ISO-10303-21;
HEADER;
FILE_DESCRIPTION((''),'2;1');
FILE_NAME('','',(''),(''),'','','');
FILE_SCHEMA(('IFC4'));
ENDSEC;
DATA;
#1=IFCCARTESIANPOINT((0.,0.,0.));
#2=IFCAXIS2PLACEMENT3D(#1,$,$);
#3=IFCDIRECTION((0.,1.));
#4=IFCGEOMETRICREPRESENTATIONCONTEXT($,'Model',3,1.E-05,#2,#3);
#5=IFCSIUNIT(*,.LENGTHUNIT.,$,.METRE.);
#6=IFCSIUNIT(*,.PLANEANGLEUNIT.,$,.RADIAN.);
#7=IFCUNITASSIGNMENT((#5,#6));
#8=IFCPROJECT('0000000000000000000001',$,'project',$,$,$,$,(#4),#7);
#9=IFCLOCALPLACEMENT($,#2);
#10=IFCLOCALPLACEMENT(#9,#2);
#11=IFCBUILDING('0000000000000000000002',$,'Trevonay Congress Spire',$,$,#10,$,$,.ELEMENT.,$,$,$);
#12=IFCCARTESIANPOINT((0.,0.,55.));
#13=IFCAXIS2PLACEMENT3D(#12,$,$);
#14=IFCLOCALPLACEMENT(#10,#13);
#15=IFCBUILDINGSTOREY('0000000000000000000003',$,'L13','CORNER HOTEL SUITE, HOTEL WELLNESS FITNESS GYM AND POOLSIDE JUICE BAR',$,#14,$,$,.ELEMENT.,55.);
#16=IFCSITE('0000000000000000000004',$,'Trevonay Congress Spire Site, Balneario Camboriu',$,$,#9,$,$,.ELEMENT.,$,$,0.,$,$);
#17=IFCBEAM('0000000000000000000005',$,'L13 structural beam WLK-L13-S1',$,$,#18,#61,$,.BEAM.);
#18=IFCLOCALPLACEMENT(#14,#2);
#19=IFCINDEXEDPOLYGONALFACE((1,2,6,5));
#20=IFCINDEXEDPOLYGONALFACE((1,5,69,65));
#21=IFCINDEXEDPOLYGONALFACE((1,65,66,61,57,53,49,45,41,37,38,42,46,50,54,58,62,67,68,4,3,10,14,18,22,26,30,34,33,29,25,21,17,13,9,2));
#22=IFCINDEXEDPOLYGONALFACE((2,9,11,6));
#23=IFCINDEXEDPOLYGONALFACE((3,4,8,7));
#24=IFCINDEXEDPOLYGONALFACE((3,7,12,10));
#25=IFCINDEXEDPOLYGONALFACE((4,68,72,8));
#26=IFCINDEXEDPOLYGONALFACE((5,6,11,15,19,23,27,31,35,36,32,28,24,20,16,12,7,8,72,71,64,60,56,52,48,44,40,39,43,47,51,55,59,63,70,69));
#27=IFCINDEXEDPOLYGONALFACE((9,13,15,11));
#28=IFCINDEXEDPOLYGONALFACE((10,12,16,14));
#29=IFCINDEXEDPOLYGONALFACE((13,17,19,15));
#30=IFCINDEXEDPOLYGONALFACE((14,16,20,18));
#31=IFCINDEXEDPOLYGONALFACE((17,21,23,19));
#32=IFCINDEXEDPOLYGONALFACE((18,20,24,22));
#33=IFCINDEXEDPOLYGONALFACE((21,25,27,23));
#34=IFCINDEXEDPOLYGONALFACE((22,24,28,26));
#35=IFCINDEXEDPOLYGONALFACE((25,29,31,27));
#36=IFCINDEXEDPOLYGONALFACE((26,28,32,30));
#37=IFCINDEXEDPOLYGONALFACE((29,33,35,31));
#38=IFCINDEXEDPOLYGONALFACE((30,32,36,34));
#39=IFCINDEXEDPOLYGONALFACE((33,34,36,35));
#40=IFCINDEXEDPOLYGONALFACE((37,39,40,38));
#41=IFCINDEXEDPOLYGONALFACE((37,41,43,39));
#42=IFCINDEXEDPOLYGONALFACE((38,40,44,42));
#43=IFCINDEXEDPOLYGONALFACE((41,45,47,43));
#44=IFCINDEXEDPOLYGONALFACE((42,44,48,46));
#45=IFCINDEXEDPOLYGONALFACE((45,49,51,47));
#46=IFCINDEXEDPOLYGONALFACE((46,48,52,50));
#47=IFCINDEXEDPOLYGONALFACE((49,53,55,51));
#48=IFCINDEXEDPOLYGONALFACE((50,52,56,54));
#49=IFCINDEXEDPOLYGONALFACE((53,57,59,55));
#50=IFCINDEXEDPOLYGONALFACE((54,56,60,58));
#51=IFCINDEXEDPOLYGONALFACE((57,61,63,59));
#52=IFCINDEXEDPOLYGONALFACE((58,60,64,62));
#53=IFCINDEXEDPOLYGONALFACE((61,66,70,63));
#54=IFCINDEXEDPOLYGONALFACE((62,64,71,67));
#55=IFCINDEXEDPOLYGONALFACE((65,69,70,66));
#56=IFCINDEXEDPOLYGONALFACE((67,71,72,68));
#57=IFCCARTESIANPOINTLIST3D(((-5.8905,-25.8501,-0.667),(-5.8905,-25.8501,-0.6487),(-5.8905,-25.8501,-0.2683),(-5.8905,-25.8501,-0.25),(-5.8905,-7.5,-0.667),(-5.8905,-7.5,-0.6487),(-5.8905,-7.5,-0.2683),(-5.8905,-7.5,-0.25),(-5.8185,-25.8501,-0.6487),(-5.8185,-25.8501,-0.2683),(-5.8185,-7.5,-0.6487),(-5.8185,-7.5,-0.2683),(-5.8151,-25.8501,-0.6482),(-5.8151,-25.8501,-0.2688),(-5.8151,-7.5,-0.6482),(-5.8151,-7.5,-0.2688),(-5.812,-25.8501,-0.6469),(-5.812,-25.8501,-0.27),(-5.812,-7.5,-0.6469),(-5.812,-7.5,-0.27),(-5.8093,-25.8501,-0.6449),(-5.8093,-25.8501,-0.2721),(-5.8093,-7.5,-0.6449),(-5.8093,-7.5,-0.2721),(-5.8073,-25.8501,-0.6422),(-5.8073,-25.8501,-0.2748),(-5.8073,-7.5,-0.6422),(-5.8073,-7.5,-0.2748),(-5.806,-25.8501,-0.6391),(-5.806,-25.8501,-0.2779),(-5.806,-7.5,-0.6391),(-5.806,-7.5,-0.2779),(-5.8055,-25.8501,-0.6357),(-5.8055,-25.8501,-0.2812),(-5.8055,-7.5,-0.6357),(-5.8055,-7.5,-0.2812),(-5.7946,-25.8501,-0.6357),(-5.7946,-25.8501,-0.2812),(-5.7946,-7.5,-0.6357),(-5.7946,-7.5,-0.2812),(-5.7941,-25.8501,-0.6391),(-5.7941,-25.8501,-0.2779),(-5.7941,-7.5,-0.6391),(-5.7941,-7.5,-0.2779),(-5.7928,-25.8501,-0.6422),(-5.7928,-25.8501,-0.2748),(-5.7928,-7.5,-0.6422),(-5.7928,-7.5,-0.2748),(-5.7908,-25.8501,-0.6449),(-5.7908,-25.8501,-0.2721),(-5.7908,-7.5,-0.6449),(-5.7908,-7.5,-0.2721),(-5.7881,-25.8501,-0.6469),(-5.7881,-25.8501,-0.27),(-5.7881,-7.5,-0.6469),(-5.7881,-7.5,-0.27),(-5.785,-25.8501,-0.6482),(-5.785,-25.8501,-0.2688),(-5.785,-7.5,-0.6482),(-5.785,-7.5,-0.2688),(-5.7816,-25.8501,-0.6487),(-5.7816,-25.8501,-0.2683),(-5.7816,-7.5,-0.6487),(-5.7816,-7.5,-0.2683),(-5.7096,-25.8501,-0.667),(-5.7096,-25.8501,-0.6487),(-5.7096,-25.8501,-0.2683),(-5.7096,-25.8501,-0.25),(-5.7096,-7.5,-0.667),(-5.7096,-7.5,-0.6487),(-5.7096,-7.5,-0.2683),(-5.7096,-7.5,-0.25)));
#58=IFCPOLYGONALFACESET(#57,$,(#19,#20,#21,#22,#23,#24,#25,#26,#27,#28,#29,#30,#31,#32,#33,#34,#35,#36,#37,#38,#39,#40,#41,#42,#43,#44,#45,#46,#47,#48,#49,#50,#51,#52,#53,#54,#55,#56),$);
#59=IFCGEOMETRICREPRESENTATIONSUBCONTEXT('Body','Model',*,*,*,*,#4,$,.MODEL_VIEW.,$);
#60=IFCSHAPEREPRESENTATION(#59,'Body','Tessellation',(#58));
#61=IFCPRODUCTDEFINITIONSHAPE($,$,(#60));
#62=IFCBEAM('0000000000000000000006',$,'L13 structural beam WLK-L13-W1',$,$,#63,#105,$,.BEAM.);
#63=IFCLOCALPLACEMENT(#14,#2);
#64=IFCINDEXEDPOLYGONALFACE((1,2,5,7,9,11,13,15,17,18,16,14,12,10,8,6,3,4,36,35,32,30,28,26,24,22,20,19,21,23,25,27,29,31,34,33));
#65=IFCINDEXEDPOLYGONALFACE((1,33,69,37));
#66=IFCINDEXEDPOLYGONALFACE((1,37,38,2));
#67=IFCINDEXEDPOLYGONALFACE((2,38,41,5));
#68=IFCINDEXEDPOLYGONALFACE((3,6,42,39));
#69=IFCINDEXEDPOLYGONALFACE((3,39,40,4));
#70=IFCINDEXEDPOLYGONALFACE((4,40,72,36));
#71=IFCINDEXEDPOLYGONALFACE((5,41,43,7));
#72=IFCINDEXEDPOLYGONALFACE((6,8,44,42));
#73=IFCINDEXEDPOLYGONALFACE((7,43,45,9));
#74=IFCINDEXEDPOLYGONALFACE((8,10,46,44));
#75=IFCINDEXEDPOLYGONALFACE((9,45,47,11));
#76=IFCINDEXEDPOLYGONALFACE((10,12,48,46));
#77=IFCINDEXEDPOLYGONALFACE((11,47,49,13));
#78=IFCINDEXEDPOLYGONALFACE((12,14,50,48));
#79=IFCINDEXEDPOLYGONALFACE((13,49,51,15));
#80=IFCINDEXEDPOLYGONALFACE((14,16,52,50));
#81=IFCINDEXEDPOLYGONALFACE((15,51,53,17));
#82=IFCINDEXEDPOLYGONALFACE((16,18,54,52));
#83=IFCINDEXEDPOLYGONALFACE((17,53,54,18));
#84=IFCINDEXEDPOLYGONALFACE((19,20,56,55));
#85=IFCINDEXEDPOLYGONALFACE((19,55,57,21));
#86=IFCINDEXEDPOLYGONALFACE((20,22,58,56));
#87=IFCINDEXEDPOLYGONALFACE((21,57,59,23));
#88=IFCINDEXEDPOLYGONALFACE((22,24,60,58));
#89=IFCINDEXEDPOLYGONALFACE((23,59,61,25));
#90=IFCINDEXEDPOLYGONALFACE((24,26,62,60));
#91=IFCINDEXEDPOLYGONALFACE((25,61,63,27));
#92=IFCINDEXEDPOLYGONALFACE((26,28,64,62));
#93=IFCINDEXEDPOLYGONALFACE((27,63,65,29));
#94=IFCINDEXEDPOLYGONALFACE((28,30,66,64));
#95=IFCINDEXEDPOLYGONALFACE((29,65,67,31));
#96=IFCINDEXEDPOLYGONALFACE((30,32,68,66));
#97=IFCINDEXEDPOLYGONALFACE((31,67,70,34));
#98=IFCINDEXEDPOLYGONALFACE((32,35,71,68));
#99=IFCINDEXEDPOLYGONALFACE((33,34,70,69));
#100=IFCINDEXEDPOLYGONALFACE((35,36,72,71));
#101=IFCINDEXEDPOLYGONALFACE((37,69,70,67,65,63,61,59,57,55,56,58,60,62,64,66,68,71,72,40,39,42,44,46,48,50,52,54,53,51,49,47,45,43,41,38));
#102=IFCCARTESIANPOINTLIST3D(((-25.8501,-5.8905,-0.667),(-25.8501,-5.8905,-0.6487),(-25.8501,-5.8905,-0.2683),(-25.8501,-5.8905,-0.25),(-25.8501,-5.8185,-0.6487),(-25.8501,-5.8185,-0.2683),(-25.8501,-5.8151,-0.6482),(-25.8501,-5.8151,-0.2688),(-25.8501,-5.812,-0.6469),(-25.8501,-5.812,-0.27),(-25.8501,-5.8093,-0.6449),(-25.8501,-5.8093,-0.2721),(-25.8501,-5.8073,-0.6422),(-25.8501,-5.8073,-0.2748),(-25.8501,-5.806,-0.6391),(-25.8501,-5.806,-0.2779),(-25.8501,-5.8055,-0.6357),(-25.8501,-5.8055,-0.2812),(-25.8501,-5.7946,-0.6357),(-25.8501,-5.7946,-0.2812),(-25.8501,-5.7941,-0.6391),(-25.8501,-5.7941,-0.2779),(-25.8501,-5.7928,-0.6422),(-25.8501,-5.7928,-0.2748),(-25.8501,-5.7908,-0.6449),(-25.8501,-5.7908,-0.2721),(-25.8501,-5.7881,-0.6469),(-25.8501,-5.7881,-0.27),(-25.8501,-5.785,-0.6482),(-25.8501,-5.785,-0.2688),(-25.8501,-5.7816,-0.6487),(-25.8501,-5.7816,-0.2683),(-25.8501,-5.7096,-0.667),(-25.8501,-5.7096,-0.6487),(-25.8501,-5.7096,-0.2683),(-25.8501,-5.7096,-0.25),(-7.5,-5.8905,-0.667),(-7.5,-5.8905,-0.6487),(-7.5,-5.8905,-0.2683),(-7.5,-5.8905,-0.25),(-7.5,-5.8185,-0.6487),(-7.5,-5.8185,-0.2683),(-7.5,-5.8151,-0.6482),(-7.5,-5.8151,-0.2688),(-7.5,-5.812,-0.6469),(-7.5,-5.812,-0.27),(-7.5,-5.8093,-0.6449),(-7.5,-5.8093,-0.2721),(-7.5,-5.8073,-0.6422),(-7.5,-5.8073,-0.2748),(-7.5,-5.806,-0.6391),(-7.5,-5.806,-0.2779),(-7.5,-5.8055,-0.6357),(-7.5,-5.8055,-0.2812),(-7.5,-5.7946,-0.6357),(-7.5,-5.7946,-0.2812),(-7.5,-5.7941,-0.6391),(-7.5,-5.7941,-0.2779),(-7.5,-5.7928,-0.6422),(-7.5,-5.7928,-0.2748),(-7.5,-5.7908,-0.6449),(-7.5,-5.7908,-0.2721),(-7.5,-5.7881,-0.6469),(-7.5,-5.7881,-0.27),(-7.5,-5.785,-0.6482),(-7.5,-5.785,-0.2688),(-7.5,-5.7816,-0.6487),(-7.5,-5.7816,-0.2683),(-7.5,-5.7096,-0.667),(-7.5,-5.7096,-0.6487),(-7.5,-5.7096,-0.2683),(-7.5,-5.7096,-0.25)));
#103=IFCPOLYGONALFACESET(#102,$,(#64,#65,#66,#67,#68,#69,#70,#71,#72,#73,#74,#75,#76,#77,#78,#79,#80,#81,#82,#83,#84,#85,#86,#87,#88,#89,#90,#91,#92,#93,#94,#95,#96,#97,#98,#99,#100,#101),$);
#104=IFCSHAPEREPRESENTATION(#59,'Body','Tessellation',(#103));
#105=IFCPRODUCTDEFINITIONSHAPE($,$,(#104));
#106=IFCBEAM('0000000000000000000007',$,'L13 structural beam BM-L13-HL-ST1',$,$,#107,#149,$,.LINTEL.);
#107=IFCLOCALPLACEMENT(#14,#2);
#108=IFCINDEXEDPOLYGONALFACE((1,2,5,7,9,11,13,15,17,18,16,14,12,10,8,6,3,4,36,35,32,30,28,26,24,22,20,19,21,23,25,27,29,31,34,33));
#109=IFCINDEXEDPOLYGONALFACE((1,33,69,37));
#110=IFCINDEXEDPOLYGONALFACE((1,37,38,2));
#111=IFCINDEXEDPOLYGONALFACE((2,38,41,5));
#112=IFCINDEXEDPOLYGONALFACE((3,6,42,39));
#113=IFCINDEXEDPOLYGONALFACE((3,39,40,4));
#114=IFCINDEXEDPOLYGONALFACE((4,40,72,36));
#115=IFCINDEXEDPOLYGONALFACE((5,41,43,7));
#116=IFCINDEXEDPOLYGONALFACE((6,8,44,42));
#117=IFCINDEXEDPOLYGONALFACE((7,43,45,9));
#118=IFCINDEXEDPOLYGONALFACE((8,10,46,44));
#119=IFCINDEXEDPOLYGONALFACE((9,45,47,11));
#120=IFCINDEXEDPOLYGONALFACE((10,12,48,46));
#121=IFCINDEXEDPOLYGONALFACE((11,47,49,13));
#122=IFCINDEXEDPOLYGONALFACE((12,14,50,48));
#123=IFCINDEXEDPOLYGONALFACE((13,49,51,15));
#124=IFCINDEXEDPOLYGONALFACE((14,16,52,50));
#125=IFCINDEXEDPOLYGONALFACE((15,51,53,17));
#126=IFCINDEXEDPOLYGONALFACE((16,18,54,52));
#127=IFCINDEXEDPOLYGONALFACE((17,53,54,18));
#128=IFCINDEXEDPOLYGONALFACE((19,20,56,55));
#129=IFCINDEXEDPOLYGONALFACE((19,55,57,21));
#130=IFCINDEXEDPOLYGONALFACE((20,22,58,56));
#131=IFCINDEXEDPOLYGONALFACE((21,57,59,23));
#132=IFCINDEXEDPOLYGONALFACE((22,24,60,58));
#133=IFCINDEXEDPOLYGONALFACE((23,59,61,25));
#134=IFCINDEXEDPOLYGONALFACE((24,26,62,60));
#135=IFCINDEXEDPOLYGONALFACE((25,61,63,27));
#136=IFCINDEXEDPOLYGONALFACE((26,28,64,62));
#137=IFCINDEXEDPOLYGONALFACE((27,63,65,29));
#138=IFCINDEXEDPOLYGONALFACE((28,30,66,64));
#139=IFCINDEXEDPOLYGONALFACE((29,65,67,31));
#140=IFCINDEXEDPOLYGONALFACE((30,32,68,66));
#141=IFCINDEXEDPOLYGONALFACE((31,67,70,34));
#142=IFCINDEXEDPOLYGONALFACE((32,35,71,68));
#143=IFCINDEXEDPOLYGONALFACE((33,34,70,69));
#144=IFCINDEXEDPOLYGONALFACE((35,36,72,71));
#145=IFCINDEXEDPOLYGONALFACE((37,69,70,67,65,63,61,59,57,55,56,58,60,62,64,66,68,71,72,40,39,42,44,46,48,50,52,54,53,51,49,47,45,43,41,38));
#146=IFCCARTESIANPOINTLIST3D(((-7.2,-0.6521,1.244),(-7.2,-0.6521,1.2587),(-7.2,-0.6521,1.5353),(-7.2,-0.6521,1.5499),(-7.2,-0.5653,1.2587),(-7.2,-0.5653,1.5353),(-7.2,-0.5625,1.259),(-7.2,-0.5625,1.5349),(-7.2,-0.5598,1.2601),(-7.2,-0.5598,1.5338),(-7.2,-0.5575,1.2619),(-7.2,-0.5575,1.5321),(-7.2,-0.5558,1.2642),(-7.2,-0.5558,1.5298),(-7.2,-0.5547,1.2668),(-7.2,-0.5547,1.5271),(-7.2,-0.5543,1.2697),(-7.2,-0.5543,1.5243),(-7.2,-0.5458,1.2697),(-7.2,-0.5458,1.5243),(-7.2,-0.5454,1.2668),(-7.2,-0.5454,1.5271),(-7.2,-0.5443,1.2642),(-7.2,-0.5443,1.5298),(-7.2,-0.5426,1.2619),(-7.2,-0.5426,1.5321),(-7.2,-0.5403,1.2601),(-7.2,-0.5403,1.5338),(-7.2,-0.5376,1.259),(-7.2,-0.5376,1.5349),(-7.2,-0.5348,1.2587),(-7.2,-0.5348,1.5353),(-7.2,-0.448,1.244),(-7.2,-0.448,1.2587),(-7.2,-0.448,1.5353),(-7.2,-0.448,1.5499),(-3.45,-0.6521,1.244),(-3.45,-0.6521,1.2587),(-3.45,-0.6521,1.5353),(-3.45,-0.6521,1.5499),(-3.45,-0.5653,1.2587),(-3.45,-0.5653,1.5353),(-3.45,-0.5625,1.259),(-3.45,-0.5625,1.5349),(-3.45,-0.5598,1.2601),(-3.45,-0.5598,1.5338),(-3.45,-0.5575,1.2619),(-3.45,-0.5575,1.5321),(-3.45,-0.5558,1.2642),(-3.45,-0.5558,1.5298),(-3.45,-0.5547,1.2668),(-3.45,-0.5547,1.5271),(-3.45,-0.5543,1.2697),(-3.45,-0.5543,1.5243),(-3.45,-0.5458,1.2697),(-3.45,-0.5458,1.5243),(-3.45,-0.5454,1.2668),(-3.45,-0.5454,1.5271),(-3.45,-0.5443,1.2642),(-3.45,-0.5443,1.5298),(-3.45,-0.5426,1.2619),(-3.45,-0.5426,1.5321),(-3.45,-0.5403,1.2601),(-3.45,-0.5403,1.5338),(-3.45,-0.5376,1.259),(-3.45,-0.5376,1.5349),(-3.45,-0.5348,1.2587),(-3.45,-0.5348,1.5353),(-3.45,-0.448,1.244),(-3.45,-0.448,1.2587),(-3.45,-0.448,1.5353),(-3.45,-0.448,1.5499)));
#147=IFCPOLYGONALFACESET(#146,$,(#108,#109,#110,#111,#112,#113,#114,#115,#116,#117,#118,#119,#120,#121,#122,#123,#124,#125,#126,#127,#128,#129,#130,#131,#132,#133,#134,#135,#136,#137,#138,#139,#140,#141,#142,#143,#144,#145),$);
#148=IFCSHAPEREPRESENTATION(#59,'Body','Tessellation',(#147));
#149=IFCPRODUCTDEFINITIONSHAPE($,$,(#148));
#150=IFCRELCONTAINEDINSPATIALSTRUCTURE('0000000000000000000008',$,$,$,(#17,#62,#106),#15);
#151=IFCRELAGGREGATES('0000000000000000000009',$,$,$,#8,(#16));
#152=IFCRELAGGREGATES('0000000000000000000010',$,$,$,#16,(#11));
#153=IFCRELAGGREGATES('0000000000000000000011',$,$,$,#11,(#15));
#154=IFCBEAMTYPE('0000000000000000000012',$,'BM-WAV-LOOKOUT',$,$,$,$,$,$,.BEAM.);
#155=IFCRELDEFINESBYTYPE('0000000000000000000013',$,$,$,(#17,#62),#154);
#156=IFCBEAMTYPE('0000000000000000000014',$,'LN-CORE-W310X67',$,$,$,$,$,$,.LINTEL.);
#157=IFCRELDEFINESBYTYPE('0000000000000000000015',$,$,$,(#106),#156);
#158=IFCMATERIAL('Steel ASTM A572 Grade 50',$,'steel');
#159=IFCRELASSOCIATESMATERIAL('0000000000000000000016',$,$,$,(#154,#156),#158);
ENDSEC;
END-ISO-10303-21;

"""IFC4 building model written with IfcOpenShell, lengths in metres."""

from ifc_helpers import new_model, si_unit, direction, frame, origin, origin_2d, place, context, subcontext, project, spatial, i_section, extrude, material, material_profile, profile_set, type_object, element, save


model = new_model("IFC4")

# Units and contexts
model_context = context("Model", 3, precision=1e-05, world=origin(), true_north=direction((0.0, 1.0)))
body_context = subcontext(model_context, "Body", "Model", "MODEL_VIEW")
ifc_project = project(units=[si_unit("LENGTHUNIT", "METRE"), si_unit("PLANEANGLEUNIT", "RADIAN")], contexts=[model_context])

# Site, building, storey
site_placement = place(None, origin())
site = spatial("IfcSite", under=ifc_project, at=site_placement, Name="Trevonay Congress Spire Site, Balneario Camboriu", CompositionType="ELEMENT", RefElevation=0.0)
building_placement = place(site_placement, origin())
building = spatial("IfcBuilding", under=site, at=building_placement, Name="Trevonay Congress Spire", CompositionType="ELEMENT")
storey_placement = place(building_placement, frame((0.0, 0.0, 55.0)))
storey = spatial("IfcBuildingStorey", under=building, at=storey_placement, Name="L13", Description="CORNER HOTEL SUITE, HOTEL WELLNESS FITNESS GYM AND POOLSIDE JUICE BAR", CompositionType="ELEMENT", Elevation=55.0)

# Shared definitions
ifc_material_1 = material(Name="Steel ASTM A572 Grade 50", Category="steel")

# Beams
ifc_material_profile_1 = material_profile(ifc_material_1, i_section(OverallWidth=0.1809, OverallDepth=0.417, WebThickness=0.011, FlangeThickness=0.0183, FilletRadius=0.0129, at=origin_2d()), Name="W410x85")
ifc_profile_set_1 = profile_set([ifc_material_profile_1], Name="Steel ASTM A572 Grade 50")
beam_type_1 = type_object("IfcBeamType", Name="BM-WAV-LOOKOUT", PredefinedType="BEAM", material=ifc_profile_set_1)
for number, where, z_axis, x_axis, name in (
    (1, (-5.8, -7.5, -0.4585), (0.0, -1.0, 0.0), (1.0, 0.0, 0.0), "L13 structural beam WLK-L13-S1"),
    (2, (-7.5, -5.8, -0.4585), (-1.0, 0.0, 0.0), (0.0, -1.0, 0.0), "L13 structural beam WLK-L13-W1"),
):
    element("IfcBeam", number, at=place(storey_placement, frame(where, z_axis=z_axis, x_axis=x_axis)), inside=storey, type_object=beam_type_1, Name=name, PredefinedType="BEAM", context=body_context, shape_type="SweptSolid", body=[
        extrude(i_section(OverallWidth=0.1809, OverallDepth=0.417, WebThickness=0.011, FlangeThickness=0.0183, FilletRadius=0.0129, at=origin_2d()), origin(), (0.0, 0.0, 1.0), 18.3501),
    ])
ifc_material_profile_2 = material_profile(ifc_material_1, i_section(OverallWidth=0.2041, OverallDepth=0.3059, WebThickness=0.0085, FlangeThickness=0.0146, FilletRadius=0.011, at=origin_2d()), Name="W310x67")
ifc_profile_set_2 = profile_set([ifc_material_profile_2], Name="Steel ASTM A572 Grade 50")
beam_type_2 = type_object("IfcBeamType", Name="LN-CORE-W310X67", PredefinedType="LINTEL", material=ifc_profile_set_2)
beam_1_placement = place(storey_placement, frame((-7.2, -0.55, 1.397), z_axis=(1.0, 0.0, 0.0), x_axis=(0.0, 1.0, 0.0)))
element("IfcBeam", 3, at=beam_1_placement, inside=storey, type_object=beam_type_2, Name="L13 structural beam BM-L13-HL-ST1", PredefinedType="LINTEL", context=body_context, shape_type="SweptSolid", body=[
    extrude(i_section(OverallWidth=0.2041, OverallDepth=0.3059, WebThickness=0.0085, FlangeThickness=0.0146, FilletRadius=0.011, at=origin_2d()), origin(), (0.0, 0.0, 1.0), 3.75),
])

save(model, "model.ifc")
